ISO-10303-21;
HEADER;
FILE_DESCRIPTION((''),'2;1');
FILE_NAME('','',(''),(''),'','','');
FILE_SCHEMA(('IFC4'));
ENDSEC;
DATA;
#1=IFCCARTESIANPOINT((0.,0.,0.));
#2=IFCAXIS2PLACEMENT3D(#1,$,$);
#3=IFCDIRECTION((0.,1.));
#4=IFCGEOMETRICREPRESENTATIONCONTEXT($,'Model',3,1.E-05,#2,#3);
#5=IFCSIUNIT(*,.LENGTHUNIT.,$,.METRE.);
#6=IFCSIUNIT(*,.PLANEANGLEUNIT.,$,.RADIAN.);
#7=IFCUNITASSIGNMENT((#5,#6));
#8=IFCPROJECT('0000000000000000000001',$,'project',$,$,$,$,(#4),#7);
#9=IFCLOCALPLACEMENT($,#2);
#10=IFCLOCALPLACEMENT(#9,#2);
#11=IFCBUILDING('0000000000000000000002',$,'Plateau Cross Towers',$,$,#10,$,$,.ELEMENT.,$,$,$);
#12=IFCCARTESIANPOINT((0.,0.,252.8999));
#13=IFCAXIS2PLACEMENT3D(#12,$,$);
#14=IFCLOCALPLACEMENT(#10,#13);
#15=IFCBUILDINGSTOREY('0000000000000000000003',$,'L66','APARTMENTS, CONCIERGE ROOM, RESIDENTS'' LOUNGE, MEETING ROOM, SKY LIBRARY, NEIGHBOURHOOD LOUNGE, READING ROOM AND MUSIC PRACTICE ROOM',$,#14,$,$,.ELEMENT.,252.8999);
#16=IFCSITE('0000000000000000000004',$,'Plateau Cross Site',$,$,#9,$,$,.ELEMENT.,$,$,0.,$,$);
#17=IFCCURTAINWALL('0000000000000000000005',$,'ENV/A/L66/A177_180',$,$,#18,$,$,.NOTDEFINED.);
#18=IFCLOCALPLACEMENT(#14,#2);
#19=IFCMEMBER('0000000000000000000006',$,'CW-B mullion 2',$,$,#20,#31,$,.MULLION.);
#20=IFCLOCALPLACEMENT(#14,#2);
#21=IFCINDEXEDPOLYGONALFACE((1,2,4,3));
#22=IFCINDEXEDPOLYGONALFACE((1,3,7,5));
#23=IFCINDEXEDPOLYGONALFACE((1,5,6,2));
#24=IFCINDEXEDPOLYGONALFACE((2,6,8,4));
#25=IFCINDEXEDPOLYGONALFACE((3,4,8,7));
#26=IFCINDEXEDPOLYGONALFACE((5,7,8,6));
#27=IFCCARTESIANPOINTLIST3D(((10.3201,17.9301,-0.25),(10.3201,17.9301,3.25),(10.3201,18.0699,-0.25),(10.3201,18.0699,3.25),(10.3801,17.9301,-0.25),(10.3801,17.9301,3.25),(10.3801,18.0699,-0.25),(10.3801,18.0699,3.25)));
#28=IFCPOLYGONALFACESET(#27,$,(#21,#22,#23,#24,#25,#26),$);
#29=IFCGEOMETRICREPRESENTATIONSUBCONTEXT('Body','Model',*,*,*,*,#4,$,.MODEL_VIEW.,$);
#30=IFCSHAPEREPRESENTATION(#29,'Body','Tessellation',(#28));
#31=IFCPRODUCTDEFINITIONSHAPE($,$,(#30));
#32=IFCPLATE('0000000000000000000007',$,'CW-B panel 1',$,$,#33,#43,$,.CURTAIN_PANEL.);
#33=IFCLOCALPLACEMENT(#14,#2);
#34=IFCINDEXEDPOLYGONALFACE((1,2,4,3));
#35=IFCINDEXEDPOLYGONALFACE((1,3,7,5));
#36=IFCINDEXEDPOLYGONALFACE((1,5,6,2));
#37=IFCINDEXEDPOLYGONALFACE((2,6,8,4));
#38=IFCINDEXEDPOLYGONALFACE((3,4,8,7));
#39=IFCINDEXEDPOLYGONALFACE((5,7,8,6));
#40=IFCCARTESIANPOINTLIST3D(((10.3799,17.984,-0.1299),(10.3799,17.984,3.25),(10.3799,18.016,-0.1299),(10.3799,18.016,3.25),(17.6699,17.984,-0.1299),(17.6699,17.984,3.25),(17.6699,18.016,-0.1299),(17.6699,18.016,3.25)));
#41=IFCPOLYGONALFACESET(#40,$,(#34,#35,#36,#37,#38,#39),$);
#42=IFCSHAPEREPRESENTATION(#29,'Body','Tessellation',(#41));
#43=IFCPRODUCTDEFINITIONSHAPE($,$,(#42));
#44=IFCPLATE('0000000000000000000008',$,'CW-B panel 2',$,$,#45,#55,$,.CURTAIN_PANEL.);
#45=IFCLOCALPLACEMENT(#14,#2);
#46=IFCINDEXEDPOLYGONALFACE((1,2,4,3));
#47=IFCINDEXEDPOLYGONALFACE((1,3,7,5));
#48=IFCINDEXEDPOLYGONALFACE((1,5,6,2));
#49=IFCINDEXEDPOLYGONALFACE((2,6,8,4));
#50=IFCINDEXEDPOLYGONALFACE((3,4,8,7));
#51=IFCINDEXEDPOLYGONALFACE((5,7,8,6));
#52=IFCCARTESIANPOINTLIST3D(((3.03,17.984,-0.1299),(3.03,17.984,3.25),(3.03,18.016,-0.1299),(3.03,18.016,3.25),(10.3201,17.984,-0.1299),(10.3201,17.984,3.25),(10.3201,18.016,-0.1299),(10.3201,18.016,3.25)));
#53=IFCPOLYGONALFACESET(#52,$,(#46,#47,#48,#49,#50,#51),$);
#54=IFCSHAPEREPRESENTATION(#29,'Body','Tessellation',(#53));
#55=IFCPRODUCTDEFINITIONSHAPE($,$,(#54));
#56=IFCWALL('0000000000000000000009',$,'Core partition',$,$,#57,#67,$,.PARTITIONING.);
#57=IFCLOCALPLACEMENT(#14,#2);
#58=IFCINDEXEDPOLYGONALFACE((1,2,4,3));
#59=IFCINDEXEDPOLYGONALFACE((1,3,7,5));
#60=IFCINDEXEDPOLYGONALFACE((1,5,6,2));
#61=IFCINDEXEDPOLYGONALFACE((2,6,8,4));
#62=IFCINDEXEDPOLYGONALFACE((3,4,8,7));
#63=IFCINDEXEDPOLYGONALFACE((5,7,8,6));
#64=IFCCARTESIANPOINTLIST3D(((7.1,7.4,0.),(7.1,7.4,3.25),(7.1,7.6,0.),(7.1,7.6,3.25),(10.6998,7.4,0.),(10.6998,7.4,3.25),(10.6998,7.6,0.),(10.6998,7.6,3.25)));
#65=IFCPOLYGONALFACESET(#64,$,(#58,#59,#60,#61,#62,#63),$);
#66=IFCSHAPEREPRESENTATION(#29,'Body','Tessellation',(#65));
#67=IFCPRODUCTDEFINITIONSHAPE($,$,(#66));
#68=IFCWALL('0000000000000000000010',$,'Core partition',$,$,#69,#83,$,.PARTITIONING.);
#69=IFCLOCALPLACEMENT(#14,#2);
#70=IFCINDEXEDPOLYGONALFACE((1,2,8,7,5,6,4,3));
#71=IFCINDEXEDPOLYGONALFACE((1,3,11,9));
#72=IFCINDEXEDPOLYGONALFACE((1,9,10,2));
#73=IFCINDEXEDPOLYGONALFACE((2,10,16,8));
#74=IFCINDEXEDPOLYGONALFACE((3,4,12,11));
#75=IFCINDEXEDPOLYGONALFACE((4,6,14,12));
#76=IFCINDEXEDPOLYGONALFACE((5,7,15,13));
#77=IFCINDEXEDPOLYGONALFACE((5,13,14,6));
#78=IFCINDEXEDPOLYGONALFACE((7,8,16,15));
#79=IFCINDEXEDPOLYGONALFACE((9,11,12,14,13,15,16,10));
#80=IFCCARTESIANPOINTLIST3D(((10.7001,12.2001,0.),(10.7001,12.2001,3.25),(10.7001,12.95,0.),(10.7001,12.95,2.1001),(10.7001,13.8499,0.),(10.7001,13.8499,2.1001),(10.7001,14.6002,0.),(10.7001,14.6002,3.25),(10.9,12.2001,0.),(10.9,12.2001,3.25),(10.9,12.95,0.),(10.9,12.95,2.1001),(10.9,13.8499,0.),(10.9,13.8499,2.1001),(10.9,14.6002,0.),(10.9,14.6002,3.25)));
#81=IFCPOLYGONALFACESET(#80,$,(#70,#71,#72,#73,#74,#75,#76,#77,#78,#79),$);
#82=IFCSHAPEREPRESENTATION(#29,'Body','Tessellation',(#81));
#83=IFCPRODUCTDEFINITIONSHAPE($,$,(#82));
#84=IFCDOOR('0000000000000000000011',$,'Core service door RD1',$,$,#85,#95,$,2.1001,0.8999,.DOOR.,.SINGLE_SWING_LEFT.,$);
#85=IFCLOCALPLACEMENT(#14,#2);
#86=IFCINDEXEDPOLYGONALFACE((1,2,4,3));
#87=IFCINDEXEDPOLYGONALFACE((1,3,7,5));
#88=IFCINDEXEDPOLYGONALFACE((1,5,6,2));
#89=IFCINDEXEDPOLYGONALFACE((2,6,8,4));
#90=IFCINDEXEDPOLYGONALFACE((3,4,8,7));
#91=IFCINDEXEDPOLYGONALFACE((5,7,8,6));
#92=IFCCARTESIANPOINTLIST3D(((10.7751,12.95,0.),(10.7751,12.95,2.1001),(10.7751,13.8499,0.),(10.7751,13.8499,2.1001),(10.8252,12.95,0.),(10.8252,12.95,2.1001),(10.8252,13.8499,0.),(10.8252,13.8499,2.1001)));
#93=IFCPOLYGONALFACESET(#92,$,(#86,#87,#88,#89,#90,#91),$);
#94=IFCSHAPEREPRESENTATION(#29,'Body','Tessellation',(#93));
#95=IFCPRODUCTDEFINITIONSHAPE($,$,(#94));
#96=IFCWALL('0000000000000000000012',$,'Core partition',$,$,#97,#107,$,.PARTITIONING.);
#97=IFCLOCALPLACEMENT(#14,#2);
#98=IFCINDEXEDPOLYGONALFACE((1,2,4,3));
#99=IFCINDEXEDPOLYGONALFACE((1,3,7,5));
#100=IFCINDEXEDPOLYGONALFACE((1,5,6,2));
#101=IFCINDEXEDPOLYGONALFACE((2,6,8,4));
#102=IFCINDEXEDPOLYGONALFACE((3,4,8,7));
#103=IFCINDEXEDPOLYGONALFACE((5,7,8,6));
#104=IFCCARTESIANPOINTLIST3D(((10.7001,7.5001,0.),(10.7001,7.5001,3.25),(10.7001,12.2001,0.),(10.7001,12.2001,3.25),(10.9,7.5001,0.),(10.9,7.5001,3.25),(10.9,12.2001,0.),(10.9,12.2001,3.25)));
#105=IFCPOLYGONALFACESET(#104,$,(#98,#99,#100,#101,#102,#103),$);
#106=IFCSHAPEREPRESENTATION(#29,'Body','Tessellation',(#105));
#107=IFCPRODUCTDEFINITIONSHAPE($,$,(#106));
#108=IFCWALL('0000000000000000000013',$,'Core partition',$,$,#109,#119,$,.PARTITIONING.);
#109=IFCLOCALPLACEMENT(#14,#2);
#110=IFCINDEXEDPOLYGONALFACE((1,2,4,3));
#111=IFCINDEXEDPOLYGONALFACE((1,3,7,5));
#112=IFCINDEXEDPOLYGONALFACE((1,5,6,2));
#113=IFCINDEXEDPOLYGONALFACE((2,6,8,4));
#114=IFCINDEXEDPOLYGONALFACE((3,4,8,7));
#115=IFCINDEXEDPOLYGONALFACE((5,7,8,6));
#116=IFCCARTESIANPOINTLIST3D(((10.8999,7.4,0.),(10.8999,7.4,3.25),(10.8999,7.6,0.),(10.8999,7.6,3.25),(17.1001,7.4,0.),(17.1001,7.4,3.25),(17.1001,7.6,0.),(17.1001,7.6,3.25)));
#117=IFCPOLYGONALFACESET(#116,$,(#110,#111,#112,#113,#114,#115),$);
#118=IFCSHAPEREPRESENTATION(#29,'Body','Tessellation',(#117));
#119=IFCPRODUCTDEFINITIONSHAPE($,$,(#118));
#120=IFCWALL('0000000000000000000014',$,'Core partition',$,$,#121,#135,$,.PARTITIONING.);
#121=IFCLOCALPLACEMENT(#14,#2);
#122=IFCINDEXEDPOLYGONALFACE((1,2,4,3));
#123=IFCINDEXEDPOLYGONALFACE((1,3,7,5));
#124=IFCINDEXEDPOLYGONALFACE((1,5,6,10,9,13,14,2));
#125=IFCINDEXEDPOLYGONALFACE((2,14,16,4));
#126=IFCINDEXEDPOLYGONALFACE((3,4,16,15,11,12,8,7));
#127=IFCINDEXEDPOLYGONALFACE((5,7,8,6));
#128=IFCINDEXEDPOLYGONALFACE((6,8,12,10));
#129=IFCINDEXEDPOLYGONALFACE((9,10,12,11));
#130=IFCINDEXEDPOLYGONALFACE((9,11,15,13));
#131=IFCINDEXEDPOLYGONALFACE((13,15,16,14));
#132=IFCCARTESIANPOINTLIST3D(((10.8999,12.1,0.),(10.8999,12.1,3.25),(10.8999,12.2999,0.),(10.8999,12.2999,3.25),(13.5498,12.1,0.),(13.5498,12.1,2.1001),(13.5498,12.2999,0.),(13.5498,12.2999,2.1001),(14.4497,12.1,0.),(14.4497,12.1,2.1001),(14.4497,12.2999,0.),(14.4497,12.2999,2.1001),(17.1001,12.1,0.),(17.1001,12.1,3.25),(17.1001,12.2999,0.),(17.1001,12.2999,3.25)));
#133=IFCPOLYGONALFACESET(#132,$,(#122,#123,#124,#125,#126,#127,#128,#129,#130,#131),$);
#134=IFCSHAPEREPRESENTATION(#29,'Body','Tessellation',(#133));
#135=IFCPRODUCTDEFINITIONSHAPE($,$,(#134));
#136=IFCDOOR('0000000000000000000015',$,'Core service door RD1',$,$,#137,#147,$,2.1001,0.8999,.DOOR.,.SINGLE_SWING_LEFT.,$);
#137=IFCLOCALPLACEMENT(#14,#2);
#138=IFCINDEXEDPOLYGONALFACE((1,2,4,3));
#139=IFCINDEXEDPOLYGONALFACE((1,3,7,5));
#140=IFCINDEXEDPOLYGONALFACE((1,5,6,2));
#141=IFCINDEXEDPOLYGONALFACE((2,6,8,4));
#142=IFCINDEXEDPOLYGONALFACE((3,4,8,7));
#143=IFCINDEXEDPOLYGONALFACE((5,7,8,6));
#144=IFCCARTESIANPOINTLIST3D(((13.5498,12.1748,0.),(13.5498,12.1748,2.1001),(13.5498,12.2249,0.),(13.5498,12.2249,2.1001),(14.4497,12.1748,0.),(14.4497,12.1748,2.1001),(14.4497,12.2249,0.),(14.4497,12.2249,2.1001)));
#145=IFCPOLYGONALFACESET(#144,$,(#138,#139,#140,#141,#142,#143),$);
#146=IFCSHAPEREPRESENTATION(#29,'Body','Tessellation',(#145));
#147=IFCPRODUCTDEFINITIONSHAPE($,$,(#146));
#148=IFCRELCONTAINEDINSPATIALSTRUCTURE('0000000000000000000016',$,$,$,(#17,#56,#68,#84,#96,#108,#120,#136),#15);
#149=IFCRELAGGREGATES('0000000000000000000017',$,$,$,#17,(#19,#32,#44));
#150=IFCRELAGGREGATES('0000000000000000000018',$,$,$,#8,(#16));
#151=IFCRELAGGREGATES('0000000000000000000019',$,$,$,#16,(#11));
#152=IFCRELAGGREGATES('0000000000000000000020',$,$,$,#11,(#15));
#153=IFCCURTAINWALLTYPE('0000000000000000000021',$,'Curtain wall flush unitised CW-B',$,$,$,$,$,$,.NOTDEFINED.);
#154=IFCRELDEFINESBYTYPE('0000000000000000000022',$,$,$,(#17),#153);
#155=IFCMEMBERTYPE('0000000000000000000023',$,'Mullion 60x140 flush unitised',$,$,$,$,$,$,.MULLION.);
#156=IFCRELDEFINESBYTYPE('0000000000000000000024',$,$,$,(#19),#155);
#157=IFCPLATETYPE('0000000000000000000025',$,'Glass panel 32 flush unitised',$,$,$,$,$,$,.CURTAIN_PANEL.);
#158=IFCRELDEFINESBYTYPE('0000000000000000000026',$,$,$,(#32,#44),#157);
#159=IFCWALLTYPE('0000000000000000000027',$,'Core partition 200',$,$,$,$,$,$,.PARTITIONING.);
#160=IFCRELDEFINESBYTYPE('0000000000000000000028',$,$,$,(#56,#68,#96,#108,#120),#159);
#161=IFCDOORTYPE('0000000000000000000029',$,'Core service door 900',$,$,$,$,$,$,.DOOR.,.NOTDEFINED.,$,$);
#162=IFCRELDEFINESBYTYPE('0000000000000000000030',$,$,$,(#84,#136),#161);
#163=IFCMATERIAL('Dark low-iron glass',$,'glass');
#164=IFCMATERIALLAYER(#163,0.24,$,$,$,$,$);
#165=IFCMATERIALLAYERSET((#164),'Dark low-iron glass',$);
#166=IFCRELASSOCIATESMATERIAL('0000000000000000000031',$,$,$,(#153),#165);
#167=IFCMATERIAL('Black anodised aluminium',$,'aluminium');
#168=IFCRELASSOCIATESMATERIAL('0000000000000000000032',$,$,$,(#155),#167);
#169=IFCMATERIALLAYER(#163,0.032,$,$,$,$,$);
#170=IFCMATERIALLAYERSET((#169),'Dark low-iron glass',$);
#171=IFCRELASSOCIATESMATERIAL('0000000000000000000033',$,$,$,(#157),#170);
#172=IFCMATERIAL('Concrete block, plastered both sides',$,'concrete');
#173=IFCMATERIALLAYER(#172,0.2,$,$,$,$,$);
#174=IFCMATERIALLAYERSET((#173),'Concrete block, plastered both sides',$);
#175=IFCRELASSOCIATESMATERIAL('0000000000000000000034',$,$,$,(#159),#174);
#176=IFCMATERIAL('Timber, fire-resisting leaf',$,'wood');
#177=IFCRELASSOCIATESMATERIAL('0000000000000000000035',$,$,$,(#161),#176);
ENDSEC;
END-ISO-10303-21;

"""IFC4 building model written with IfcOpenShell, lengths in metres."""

from ifc_helpers import new_model, si_unit, direction, frame, frame_2d, origin, origin_2d, place, context, subcontext, project, spatial, rectangle, extrude, material, layer, layer_set, material_profile, profile_set, type_object, element, fill, aggregate, save


model = new_model("IFC4")

# Units and contexts
model_context = context("Model", 3, precision=1e-05, world=origin(), true_north=direction((0.0, 1.0)))
body_context = subcontext(model_context, "Body", "Model", "MODEL_VIEW")
ifc_project = project(units=[si_unit("LENGTHUNIT", "METRE"), si_unit("PLANEANGLEUNIT", "RADIAN")], contexts=[model_context])

# Site, building, storey
site_placement = place(None, origin())
site = spatial("IfcSite", under=ifc_project, at=site_placement, Name="Plateau Cross Site", CompositionType="ELEMENT", RefElevation=0.0)
building_placement = place(site_placement, origin())
building = spatial("IfcBuilding", under=site, at=building_placement, Name="Plateau Cross Towers", CompositionType="ELEMENT")
storey_placement = place(building_placement, frame((0.0, 0.0, 252.8999)))
storey = spatial("IfcBuildingStorey", under=building, at=storey_placement, Name="L66", Description="APARTMENTS, CONCIERGE ROOM, RESIDENTS' LOUNGE, MEETING ROOM, SKY LIBRARY, NEIGHBOURHOOD LOUNGE, READING ROOM AND MUSIC PRACTICE ROOM", CompositionType="ELEMENT", Elevation=252.8999)

# Curtain wall, member, plates
ifc_material_1 = material(Name="Dark low-iron glass", Category="glass")
ifc_layer_1 = layer(ifc_material_1, 0.24)
ifc_layer_set_1 = layer_set([ifc_layer_1], Name="Dark low-iron glass")
curtain_wall_type = type_object("IfcCurtainWallType", Name="Curtain wall flush unitised CW-B", PredefinedType="NOTDEFINED", material=ifc_layer_set_1)
curtain_wall_placement = place(storey_placement, origin())
curtain_wall = element("IfcCurtainWall", 1, at=curtain_wall_placement, inside=storey, type_object=curtain_wall_type, Name="ENV/A/L66/A177_180", PredefinedType="NOTDEFINED")
ifc_material_2 = material(Name="Black anodised aluminium", Category="aluminium")
ifc_material_profile = material_profile(ifc_material_2, rectangle(XDim=0.0601, YDim=0.1399, at=origin_2d()), Name="MULLION 60x140")
ifc_profile_set = profile_set([ifc_material_profile], Name="Black anodised aluminium")
member_type = type_object("IfcMemberType", Name="Mullion 60x140 flush unitised", PredefinedType="MULLION", material=ifc_profile_set)
member_placement = place(storey_placement, frame((10.3501, 18.0, -0.25), z_axis=(0.0, 0.0, 1.0), x_axis=(-1.0, 0.0, 0.0)))
member = element("IfcMember", 2, at=member_placement, type_object=member_type, Name="CW-B mullion 2", PredefinedType="MULLION", context=body_context, shape_type="SweptSolid", body=[
    extrude(rectangle(XDim=0.0601, YDim=0.1399, at=origin_2d()), origin(), (0.0, 0.0, 1.0), 3.5),
])
ifc_layer_2 = layer(ifc_material_1, 0.032)
ifc_layer_set_2 = layer_set([ifc_layer_2], Name="Dark low-iron glass")
plate_type = type_object("IfcPlateType", Name="Glass panel 32 flush unitised", PredefinedType="CURTAIN_PANEL", material=ifc_layer_set_2)
plate_1_placement = place(storey_placement, frame((14.0249, 18.0, -0.1299), z_axis=(0.0, 0.0, 1.0), x_axis=(-1.0, 0.0, 0.0)))
plate_1 = element("IfcPlate", 3, at=plate_1_placement, type_object=plate_type, Name="CW-B panel 1", PredefinedType="CURTAIN_PANEL", context=body_context, shape_type="SweptSolid", body=[
    extrude(rectangle(XDim=7.29, YDim=0.032, at=origin_2d()), origin(), (0.0, 0.0, 1.0), 3.3799),
])
plate_2_placement = place(storey_placement, frame((6.675, 18.0, -0.1299), z_axis=(0.0, 0.0, 1.0), x_axis=(-1.0, 0.0, 0.0)))
plate_2 = element("IfcPlate", 4, at=plate_2_placement, type_object=plate_type, Name="CW-B panel 2", PredefinedType="CURTAIN_PANEL", context=body_context, shape_type="SweptSolid", body=[
    extrude(rectangle(XDim=7.29, YDim=0.032, at=origin_2d()), origin(), (0.0, 0.0, 1.0), 3.3799),
])
aggregate(curtain_wall, [member, plate_1, plate_2])

# Wall
ifc_material_3 = material(Name="Concrete block, plastered both sides", Category="concrete")
ifc_layer_3 = layer(ifc_material_3, 0.2)
ifc_layer_set_3 = layer_set([ifc_layer_3], Name="Concrete block, plastered both sides")
wall_type_1 = type_object("IfcWallType", Name="Core partition 200", PredefinedType="PARTITIONING", material=ifc_layer_set_3)
wall_1_placement = place(storey_placement, frame((7.1001, 7.5, 0.0), z_axis=(0.0, 0.0, 1.0), x_axis=(1.0, 0.0, 0.0)))
element("IfcWall", 5, at=wall_1_placement, inside=storey, type_object=wall_type_1, Name="Core partition", PredefinedType="PARTITIONING", context=body_context, shape_type="SweptSolid", body=[
    extrude(rectangle(XDim=3.5999, YDim=0.2, at=frame_2d((1.7998, 0.0))), origin(), (0.0, 0.0, 1.0), 3.25),
])

# Wall, opening, door
wall_2_placement = place(storey_placement, frame((10.8, 12.2, 0.0), z_axis=(0.0, 0.0, 1.0), x_axis=(0.0, 1.0, 0.0)))
wall_2 = element("IfcWall", 6, at=wall_2_placement, inside=storey, type_object=wall_type_1, Name="Core partition", PredefinedType="PARTITIONING", context=body_context, shape_type="SweptSolid", body=[
    extrude(rectangle(XDim=2.4001, YDim=0.2, at=frame_2d((1.2002, 0.0))), origin(), (0.0, 0.0, 1.0), 3.25),
])
opening_1_placement = place(wall_2_placement, frame((0.75, 0.0, 0.0)))
opening_1 = element("IfcOpeningElement", 7, at=opening_1_placement, cuts=wall_2, PredefinedType="OPENING", context=body_context, shape_type="SweptSolid", body=[
    extrude(rectangle(XDim=0.8999, YDim=2.1001, at=frame_2d((0.45, 1.05))), frame((0.0, 0.1099, 0.0), z_axis=(0.0, -1.0, 0.0), x_axis=(1.0, 0.0, 0.0)), (0.0, 0.0, 1.0), 0.22),
])
ifc_material_4 = material(Name="Timber, fire-resisting leaf", Category="wood")
door_type_1 = type_object("IfcDoorType", Name="Core service door 900", OperationType="NOTDEFINED", PredefinedType="DOOR", material=ifc_material_4)
door_1_placement = place(opening_1_placement, origin())
door_1 = element("IfcDoor", 8, at=door_1_placement, inside=storey, type_object=door_type_1, Name="Core service door RD1", OperationType="SINGLE_SWING_LEFT", OverallHeight=2.1001, OverallWidth=0.8999, PredefinedType="DOOR", context=body_context, shape_type="SweptSolid", body=[
    extrude(rectangle(XDim=0.8999, YDim=2.1001, at=frame_2d((0.45, 1.05))), frame((0.0, 0.0249, 0.0), z_axis=(0.0, -1.0, 0.0), x_axis=(1.0, 0.0, 0.0)), (0.0, 0.0, 1.0), 0.05),
])
fill(opening_1, door_1)

# Walls
wall_3_placement = place(storey_placement, frame((10.8, 7.5, 0.0), z_axis=(0.0, 0.0, 1.0), x_axis=(0.0, 1.0, 0.0)))
element("IfcWall", 9, at=wall_3_placement, inside=storey, type_object=wall_type_1, Name="Core partition", PredefinedType="PARTITIONING", context=body_context, shape_type="SweptSolid", body=[
    extrude(rectangle(XDim=4.7, YDim=0.2, at=frame_2d((2.3501, 0.0))), origin(), (0.0, 0.0, 1.0), 3.25),
])
wall_4_placement = place(storey_placement, frame((10.8999, 7.5, 0.0), z_axis=(0.0, 0.0, 1.0), x_axis=(1.0, 0.0, 0.0)))
element("IfcWall", 10, at=wall_4_placement, inside=storey, type_object=wall_type_1, Name="Core partition", PredefinedType="PARTITIONING", context=body_context, shape_type="SweptSolid", body=[
    extrude(rectangle(XDim=6.2002, YDim=0.2, at=frame_2d((3.1001, 0.0))), origin(), (0.0, 0.0, 1.0), 3.25),
])

# Wall, opening, door
wall_5_placement = place(storey_placement, frame((10.8999, 12.2, 0.0), z_axis=(0.0, 0.0, 1.0), x_axis=(1.0, 0.0, 0.0)))
wall_5 = element("IfcWall", 11, at=wall_5_placement, inside=storey, type_object=wall_type_1, Name="Core partition", PredefinedType="PARTITIONING", context=body_context, shape_type="SweptSolid", body=[
    extrude(rectangle(XDim=6.2002, YDim=0.2, at=frame_2d((3.1001, 0.0))), origin(), (0.0, 0.0, 1.0), 3.25),
])
opening_2_placement = place(wall_5_placement, frame((2.6499, 0.0, 0.0)))
opening_2 = element("IfcOpeningElement", 12, at=opening_2_placement, cuts=wall_5, PredefinedType="OPENING", context=body_context, shape_type="SweptSolid", body=[
    extrude(rectangle(XDim=0.8999, YDim=2.1001, at=frame_2d((0.45, 1.05))), frame((0.0, 0.1099, 0.0), z_axis=(0.0, -1.0, 0.0), x_axis=(1.0, 0.0, 0.0)), (0.0, 0.0, 1.0), 0.22),
])
door_2_placement = place(opening_2_placement, origin())
door_2 = element("IfcDoor", 13, at=door_2_placement, inside=storey, type_object=door_type_1, Name="Core service door RD1", OperationType="SINGLE_SWING_LEFT", OverallHeight=2.1001, OverallWidth=0.8999, PredefinedType="DOOR", context=body_context, shape_type="SweptSolid", body=[
    extrude(rectangle(XDim=0.8999, YDim=2.1001, at=frame_2d((0.45, 1.05))), frame((0.0, 0.0249, 0.0), z_axis=(0.0, -1.0, 0.0), x_axis=(1.0, 0.0, 0.0)), (0.0, 0.0, 1.0), 0.05),
])
fill(opening_2, door_2)

save(model, "model.ifc")
